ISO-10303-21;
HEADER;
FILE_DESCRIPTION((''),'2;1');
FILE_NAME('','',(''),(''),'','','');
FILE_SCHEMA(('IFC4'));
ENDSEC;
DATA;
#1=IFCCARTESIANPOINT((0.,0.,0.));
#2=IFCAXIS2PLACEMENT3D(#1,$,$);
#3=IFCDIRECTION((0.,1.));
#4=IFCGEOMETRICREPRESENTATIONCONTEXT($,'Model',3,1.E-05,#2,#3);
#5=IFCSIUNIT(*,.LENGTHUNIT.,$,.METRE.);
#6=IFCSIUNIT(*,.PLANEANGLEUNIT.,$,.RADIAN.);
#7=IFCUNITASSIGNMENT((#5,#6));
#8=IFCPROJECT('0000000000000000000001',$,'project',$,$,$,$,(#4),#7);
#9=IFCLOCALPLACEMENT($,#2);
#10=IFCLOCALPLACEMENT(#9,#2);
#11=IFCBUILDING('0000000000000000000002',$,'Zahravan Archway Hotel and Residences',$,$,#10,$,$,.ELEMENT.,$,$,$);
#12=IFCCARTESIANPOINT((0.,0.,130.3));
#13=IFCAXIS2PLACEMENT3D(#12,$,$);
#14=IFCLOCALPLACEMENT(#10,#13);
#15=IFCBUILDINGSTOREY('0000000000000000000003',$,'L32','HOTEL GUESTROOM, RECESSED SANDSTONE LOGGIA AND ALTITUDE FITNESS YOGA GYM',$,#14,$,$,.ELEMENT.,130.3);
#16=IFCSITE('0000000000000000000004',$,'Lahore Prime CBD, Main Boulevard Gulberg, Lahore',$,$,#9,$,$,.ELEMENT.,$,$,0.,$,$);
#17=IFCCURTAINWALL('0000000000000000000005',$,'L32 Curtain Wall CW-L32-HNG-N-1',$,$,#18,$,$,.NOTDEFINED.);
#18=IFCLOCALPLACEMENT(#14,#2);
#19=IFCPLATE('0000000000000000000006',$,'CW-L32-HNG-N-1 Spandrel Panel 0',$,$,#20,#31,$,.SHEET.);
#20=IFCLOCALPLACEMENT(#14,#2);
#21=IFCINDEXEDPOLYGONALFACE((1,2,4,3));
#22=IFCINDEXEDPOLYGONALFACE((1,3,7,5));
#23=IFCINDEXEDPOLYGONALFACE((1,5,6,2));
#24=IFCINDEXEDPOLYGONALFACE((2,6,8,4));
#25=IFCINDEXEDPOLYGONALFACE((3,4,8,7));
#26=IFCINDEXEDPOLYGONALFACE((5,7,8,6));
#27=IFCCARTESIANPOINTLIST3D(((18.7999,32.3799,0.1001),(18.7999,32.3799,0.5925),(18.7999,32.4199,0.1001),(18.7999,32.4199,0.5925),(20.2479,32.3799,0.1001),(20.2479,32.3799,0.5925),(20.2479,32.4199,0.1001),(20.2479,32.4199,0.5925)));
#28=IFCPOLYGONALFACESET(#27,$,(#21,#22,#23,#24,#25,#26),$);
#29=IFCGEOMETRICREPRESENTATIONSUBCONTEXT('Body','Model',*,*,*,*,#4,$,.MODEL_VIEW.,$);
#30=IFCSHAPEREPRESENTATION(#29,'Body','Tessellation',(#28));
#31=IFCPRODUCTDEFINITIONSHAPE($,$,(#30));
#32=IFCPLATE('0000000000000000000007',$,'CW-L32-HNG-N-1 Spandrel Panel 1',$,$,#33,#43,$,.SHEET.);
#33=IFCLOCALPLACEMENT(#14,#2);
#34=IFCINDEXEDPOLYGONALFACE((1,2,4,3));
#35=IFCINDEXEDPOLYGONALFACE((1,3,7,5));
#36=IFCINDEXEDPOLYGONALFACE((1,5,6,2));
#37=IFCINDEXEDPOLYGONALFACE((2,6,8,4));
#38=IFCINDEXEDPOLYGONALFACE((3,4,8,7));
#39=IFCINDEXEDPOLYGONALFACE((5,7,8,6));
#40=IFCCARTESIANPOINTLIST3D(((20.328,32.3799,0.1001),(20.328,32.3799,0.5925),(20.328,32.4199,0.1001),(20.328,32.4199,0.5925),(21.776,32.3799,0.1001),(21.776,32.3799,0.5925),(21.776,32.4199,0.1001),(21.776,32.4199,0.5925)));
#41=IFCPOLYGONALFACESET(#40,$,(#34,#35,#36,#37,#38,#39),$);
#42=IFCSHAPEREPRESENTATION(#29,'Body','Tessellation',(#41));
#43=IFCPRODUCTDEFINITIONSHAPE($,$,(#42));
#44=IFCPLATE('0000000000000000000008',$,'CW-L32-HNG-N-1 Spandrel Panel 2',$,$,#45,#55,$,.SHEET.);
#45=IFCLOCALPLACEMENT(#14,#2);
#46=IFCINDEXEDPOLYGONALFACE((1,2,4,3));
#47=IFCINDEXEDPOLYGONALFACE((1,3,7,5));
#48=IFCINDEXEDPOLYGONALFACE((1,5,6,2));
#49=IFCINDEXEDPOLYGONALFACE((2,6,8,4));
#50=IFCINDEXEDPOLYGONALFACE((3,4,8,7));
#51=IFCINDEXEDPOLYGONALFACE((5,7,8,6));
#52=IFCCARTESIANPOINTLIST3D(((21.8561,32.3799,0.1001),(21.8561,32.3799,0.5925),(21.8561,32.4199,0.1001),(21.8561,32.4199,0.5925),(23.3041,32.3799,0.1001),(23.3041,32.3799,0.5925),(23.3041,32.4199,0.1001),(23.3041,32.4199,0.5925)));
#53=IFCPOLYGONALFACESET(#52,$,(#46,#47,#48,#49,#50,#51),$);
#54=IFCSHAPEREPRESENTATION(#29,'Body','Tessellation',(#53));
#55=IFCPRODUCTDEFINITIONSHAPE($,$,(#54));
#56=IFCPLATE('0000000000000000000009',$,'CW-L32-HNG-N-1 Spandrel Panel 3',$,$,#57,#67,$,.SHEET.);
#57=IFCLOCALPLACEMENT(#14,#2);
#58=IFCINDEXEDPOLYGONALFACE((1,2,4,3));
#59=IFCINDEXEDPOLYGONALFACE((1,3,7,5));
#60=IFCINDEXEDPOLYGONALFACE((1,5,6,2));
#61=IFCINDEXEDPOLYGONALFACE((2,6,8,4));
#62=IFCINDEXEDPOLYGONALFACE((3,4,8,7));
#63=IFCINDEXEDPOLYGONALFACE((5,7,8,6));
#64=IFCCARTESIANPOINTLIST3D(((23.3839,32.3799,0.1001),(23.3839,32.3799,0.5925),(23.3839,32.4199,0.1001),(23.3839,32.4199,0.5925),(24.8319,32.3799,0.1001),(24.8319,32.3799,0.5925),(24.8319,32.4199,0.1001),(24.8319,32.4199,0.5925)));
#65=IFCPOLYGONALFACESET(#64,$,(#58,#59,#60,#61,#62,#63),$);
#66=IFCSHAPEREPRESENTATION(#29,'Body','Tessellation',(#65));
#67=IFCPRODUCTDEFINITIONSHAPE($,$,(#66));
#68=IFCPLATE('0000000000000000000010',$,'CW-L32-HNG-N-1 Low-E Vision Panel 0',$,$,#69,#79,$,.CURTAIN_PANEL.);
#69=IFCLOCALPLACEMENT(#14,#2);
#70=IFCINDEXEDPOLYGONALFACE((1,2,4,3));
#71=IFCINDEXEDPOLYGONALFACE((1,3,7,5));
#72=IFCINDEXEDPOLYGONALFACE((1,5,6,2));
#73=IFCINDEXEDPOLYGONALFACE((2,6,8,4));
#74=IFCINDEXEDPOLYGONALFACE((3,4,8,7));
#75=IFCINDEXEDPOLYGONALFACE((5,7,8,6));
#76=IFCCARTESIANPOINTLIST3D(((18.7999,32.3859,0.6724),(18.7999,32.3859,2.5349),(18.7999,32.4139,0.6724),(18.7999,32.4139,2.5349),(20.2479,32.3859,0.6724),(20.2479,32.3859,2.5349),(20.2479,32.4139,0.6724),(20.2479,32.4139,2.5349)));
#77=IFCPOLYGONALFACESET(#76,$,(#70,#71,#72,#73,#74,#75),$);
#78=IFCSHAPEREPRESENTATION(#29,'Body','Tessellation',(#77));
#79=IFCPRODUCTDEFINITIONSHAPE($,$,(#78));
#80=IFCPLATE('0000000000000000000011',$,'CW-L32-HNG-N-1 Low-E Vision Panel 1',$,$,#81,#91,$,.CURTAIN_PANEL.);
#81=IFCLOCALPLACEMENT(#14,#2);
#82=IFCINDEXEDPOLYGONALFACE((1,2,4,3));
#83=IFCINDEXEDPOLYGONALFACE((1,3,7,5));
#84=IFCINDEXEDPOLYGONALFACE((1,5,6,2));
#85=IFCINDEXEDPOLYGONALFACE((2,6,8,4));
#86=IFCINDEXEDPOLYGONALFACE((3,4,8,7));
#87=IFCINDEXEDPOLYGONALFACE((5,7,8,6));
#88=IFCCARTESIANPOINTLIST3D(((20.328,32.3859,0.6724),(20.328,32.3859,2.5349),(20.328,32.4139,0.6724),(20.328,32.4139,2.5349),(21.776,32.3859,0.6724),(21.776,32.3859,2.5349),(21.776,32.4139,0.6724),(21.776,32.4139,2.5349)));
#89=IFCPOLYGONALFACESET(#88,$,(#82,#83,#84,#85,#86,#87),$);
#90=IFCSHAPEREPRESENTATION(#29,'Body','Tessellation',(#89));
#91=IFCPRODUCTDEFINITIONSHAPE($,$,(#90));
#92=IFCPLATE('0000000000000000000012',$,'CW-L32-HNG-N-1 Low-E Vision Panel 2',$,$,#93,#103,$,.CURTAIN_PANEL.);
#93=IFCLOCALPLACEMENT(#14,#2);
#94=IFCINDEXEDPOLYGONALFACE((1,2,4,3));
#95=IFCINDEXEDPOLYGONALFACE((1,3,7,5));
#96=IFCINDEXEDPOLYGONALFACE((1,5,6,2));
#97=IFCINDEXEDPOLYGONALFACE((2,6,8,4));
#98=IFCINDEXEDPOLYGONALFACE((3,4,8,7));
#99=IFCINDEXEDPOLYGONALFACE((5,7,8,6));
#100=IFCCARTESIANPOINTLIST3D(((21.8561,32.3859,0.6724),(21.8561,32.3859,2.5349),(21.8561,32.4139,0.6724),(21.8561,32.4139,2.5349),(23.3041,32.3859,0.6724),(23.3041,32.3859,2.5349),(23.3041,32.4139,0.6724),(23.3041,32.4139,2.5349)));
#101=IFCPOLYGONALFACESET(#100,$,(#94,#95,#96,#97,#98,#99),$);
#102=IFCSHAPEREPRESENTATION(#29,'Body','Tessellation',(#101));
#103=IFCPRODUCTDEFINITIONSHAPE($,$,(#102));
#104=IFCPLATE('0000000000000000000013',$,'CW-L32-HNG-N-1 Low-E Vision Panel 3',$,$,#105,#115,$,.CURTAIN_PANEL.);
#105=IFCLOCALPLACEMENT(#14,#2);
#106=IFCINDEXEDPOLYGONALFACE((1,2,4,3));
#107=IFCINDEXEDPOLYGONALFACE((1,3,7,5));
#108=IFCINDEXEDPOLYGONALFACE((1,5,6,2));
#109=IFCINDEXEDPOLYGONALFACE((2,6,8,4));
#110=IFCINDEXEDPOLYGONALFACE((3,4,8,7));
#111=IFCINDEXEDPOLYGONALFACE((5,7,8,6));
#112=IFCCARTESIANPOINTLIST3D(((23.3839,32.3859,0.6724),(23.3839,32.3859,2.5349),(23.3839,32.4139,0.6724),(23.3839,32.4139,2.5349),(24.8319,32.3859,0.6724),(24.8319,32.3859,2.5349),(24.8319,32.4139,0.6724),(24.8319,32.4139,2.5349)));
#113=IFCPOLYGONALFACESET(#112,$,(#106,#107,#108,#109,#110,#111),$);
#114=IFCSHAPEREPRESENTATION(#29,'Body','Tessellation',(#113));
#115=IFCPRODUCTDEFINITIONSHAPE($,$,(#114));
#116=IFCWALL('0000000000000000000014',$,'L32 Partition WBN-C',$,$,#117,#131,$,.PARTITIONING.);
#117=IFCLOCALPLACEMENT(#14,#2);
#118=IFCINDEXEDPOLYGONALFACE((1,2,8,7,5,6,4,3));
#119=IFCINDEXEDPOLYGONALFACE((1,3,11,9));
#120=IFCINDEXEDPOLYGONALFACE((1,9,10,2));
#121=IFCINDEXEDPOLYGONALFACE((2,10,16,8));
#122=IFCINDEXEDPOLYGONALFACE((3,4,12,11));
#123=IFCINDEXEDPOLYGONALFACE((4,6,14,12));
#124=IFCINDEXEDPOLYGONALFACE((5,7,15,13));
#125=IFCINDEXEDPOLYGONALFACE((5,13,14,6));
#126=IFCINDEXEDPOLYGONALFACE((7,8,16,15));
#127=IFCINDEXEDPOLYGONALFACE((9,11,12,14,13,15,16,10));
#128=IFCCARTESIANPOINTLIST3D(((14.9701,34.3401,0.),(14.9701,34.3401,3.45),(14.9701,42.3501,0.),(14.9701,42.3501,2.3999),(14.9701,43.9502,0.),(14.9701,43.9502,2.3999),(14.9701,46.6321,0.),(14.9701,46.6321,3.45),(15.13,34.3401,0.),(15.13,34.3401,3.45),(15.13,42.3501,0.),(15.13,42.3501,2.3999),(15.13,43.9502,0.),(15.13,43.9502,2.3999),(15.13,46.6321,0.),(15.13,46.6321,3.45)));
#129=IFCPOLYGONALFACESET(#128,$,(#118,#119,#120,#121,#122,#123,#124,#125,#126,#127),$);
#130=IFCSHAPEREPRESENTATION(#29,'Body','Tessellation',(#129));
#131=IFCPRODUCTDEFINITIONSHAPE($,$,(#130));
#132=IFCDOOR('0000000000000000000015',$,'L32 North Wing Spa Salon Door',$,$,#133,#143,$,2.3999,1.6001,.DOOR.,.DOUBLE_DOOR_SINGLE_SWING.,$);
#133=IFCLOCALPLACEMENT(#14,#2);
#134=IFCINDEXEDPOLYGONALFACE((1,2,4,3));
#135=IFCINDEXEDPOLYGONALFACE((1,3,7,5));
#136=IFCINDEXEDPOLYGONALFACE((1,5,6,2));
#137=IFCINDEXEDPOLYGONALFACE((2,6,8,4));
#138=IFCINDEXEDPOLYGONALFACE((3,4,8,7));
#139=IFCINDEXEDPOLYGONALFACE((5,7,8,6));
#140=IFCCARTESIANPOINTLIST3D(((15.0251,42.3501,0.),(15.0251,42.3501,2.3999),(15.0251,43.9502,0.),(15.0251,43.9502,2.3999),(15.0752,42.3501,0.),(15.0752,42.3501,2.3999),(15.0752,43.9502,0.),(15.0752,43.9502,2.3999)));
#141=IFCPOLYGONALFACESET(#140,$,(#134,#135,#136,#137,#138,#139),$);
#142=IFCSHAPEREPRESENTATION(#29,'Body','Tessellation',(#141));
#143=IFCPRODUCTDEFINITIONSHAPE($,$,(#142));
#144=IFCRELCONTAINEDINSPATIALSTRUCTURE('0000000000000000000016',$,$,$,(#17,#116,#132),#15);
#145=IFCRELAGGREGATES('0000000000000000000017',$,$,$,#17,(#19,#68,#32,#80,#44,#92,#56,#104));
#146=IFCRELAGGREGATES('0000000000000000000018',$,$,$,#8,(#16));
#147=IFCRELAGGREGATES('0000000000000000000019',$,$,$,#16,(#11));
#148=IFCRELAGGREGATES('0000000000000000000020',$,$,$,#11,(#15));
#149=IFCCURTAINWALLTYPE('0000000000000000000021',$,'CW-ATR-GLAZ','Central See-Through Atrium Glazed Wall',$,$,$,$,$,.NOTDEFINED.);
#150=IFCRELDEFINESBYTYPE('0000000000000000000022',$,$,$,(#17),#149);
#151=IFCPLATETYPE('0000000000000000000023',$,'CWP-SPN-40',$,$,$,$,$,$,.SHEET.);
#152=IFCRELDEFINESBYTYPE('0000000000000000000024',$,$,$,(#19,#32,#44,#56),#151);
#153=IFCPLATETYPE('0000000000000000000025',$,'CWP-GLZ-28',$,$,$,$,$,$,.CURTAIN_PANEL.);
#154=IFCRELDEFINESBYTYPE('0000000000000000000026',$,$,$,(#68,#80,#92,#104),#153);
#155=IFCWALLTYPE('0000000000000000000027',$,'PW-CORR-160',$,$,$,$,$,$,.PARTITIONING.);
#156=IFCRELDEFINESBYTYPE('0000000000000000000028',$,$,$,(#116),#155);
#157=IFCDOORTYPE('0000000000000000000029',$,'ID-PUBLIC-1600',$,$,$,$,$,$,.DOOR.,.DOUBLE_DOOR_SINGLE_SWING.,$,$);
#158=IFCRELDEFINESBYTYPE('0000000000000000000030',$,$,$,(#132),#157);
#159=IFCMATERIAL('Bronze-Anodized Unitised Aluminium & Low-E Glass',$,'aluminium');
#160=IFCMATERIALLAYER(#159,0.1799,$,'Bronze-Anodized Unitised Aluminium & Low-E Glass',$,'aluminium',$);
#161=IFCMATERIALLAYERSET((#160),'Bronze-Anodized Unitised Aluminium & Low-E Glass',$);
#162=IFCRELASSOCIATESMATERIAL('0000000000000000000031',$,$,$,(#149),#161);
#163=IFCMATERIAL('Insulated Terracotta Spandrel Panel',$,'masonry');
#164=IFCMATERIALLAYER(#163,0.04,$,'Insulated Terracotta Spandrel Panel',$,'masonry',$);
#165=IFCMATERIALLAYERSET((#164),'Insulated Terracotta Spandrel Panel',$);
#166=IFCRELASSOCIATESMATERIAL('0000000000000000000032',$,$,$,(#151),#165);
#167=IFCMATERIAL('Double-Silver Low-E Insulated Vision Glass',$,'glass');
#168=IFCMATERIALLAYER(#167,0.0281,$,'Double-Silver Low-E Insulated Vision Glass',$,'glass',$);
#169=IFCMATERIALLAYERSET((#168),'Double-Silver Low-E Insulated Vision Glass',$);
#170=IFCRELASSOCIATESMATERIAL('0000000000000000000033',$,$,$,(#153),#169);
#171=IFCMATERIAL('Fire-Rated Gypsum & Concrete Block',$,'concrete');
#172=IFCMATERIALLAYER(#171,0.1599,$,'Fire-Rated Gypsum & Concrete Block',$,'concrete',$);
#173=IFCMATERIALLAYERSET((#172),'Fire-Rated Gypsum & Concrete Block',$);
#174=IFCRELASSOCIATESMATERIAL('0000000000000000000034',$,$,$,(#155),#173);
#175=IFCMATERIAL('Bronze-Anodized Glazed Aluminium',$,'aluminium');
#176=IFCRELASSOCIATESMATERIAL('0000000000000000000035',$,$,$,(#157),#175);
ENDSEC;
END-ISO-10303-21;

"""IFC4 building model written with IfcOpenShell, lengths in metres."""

from ifc_helpers import new_model, si_unit, direction, frame, frame_2d, origin, origin_2d, place, context, subcontext, project, spatial, rectangle, extrude, source, transform, mapped, material, layer, layer_set, type_object, type_shapes, element, fill, aggregate, save


model = new_model("IFC4")

# Units and contexts
model_context = context("Model", 3, precision=1e-05, world=origin(), true_north=direction((0.0, 1.0)))
body_context = subcontext(model_context, "Body", "Model", "MODEL_VIEW")
ifc_project = project(units=[si_unit("LENGTHUNIT", "METRE"), si_unit("PLANEANGLEUNIT", "RADIAN")], contexts=[model_context])

# Site, building, storey
site_placement = place(None, origin())
site = spatial("IfcSite", under=ifc_project, at=site_placement, Name="Lahore Prime CBD, Main Boulevard Gulberg, Lahore", CompositionType="ELEMENT", RefElevation=0.0)
building_placement = place(site_placement, origin())
building = spatial("IfcBuilding", under=site, at=building_placement, Name="Zahravan Archway Hotel and Residences", CompositionType="ELEMENT")
storey_placement = place(building_placement, frame((0.0, 0.0, 130.3)))
storey = spatial("IfcBuildingStorey", under=building, at=storey_placement, Name="L32", Description="HOTEL GUESTROOM, RECESSED SANDSTONE LOGGIA AND ALTITUDE FITNESS YOGA GYM", CompositionType="ELEMENT", Elevation=130.3)

# Curtain wall, plates
ifc_material_1 = material(Name="Bronze-Anodized Unitised Aluminium & Low-E Glass", Category="aluminium")
ifc_layer_1 = layer(ifc_material_1, 0.1799, Name="Bronze-Anodized Unitised Aluminium & Low-E Glass", Category="aluminium")
ifc_layer_set_1 = layer_set([ifc_layer_1], Name="Bronze-Anodized Unitised Aluminium & Low-E Glass")
curtain_wall_type = type_object("IfcCurtainWallType", Name="CW-ATR-GLAZ", Description="Central See-Through Atrium Glazed Wall", PredefinedType="NOTDEFINED", material=ifc_layer_set_1)
curtain_wall_placement = place(storey_placement, origin())
curtain_wall = element("IfcCurtainWall", 1, at=curtain_wall_placement, inside=storey, type_object=curtain_wall_type, Name="L32 Curtain Wall CW-L32-HNG-N-1", PredefinedType="NOTDEFINED")
ifc_material_2 = material(Name="Insulated Terracotta Spandrel Panel", Category="masonry")
ifc_layer_2 = layer(ifc_material_2, 0.04, Name="Insulated Terracotta Spandrel Panel", Category="masonry")
ifc_layer_set_2 = layer_set([ifc_layer_2], Name="Insulated Terracotta Spandrel Panel")
plate_type_1 = type_object("IfcPlateType", Name="CWP-SPN-40", PredefinedType="SHEET", material=ifc_layer_set_2)
shared_shape_1 = source(origin(), body_context, "Body", "SweptSolid", [
    extrude(rectangle(XDim=1.448, YDim=0.04, at=origin_2d()), origin(), (0.0, 0.0, 1.0), 0.4924),
])
plate_1_placement = place(storey_placement, frame((19.5239, 32.3999, 0.1001), z_axis=(0.0, 0.0, 1.0), x_axis=(1.0, 0.0, 0.0)))
plate_1 = element("IfcPlate", 2, at=plate_1_placement, type_object=plate_type_1, Name="CW-L32-HNG-N-1 Spandrel Panel 0", PredefinedType="SHEET", context=body_context, shape_type="MappedRepresentation", body=[
    mapped(shared_shape_1, transform((0.0, 0.0, 0.0), scale=1.0)),
])
plate_2_placement = place(storey_placement, frame((21.052, 32.3999, 0.1001), z_axis=(0.0, 0.0, 1.0), x_axis=(1.0, 0.0, 0.0)))
plate_2 = element("IfcPlate", 3, at=plate_2_placement, type_object=plate_type_1, Name="CW-L32-HNG-N-1 Spandrel Panel 1", PredefinedType="SHEET", context=body_context, shape_type="MappedRepresentation", body=[
    mapped(shared_shape_1, transform((0.0, 0.0, 0.0), scale=1.0)),
])
plate_3_placement = place(storey_placement, frame((22.5801, 32.3999, 0.1001), z_axis=(0.0, 0.0, 1.0), x_axis=(1.0, 0.0, 0.0)))
plate_3 = element("IfcPlate", 4, at=plate_3_placement, type_object=plate_type_1, Name="CW-L32-HNG-N-1 Spandrel Panel 2", PredefinedType="SHEET", context=body_context, shape_type="MappedRepresentation", body=[
    mapped(shared_shape_1, transform((0.0, 0.0, 0.0), scale=1.0)),
])
plate_4_placement = place(storey_placement, frame((24.1079, 32.3999, 0.1001), z_axis=(0.0, 0.0, 1.0), x_axis=(1.0, 0.0, 0.0)))
plate_4 = element("IfcPlate", 5, at=plate_4_placement, type_object=plate_type_1, Name="CW-L32-HNG-N-1 Spandrel Panel 3", PredefinedType="SHEET", context=body_context, shape_type="MappedRepresentation", body=[
    mapped(shared_shape_1, transform((0.0, 0.0, 0.0), scale=1.0)),
])
ifc_material_3 = material(Name="Double-Silver Low-E Insulated Vision Glass", Category="glass")
ifc_layer_3 = layer(ifc_material_3, 0.0281, Name="Double-Silver Low-E Insulated Vision Glass", Category="glass")
ifc_layer_set_3 = layer_set([ifc_layer_3], Name="Double-Silver Low-E Insulated Vision Glass")
plate_type_2 = type_object("IfcPlateType", Name="CWP-GLZ-28", PredefinedType="CURTAIN_PANEL", material=ifc_layer_set_3)
shared_shape_2 = source(origin(), body_context, "Body", "SweptSolid", [
    extrude(rectangle(XDim=1.448, YDim=0.0281, at=origin_2d()), origin(), (0.0, 0.0, 1.0), 1.8625),
])
plate_5_placement = place(storey_placement, frame((19.5239, 32.3999, 0.6724), z_axis=(0.0, 0.0, 1.0), x_axis=(1.0, 0.0, 0.0)))
plate_5 = element("IfcPlate", 6, at=plate_5_placement, type_object=plate_type_2, Name="CW-L32-HNG-N-1 Low-E Vision Panel 0", PredefinedType="CURTAIN_PANEL", context=body_context, shape_type="MappedRepresentation", body=[
    mapped(shared_shape_2, transform((0.0, 0.0, 0.0), scale=1.0)),
])
plate_6_placement = place(storey_placement, frame((21.052, 32.3999, 0.6724), z_axis=(0.0, 0.0, 1.0), x_axis=(1.0, 0.0, 0.0)))
plate_6 = element("IfcPlate", 7, at=plate_6_placement, type_object=plate_type_2, Name="CW-L32-HNG-N-1 Low-E Vision Panel 1", PredefinedType="CURTAIN_PANEL", context=body_context, shape_type="MappedRepresentation", body=[
    mapped(shared_shape_2, transform((0.0, 0.0, 0.0), scale=1.0)),
])
plate_7_placement = place(storey_placement, frame((22.5801, 32.3999, 0.6724), z_axis=(0.0, 0.0, 1.0), x_axis=(1.0, 0.0, 0.0)))
plate_7 = element("IfcPlate", 8, at=plate_7_placement, type_object=plate_type_2, Name="CW-L32-HNG-N-1 Low-E Vision Panel 2", PredefinedType="CURTAIN_PANEL", context=body_context, shape_type="MappedRepresentation", body=[
    mapped(shared_shape_2, transform((0.0, 0.0, 0.0), scale=1.0)),
])
plate_8_placement = place(storey_placement, frame((24.1079, 32.3999, 0.6724), z_axis=(0.0, 0.0, 1.0), x_axis=(1.0, 0.0, 0.0)))
plate_8 = element("IfcPlate", 9, at=plate_8_placement, type_object=plate_type_2, Name="CW-L32-HNG-N-1 Low-E Vision Panel 3", PredefinedType="CURTAIN_PANEL", context=body_context, shape_type="MappedRepresentation", body=[
    mapped(shared_shape_2, transform((0.0, 0.0, 0.0), scale=1.0)),
])
aggregate(curtain_wall, [plate_1, plate_5, plate_2, plate_6, plate_3, plate_7, plate_4, plate_8])

# Wall, opening, door
ifc_material_4 = material(Name="Fire-Rated Gypsum & Concrete Block", Category="concrete")
ifc_layer_4 = layer(ifc_material_4, 0.1599, Name="Fire-Rated Gypsum & Concrete Block", Category="concrete")
ifc_layer_set_4 = layer_set([ifc_layer_4], Name="Fire-Rated Gypsum & Concrete Block")
wall_type = type_object("IfcWallType", Name="PW-CORR-160", PredefinedType="PARTITIONING", material=ifc_layer_set_4)
wall_placement = place(storey_placement, frame((15.05, 34.3401, 0.0), z_axis=(0.0, 0.0, 1.0), x_axis=(0.0, 1.0, 0.0)))
wall = element("IfcWall", 10, at=wall_placement, inside=storey, type_object=wall_type, Name="L32 Partition WBN-C", PredefinedType="PARTITIONING", context=body_context, shape_type="SweptSolid", body=[
    extrude(rectangle(XDim=12.292, YDim=0.1599, at=frame_2d((6.146, 0.0))), origin(), (0.0, 0.0, 1.0), 3.45),
])
opening_placement = place(wall_placement, frame((8.01, 0.0, 0.0)))
opening = element("IfcOpeningElement", 11, at=opening_placement, cuts=wall, PredefinedType="OPENING", context=body_context, shape_type="SweptSolid", body=[
    extrude(rectangle(XDim=1.6001, YDim=2.3999, at=frame_2d((0.8, 1.2))), frame((0.0, 0.0898, 0.0), z_axis=(0.0, -1.0, 0.0), x_axis=(1.0, 0.0, 0.0)), (0.0, 0.0, 1.0), 0.1799),
])
ifc_material_5 = material(Name="Bronze-Anodized Glazed Aluminium", Category="aluminium")
door_type = type_object("IfcDoorType", Name="ID-PUBLIC-1600", OperationType="DOUBLE_DOOR_SINGLE_SWING", PredefinedType="DOOR", material=ifc_material_5)
shared_shape_3 = source(origin(), body_context, "Body", "SweptSolid", [
    extrude(rectangle(XDim=1.6001, YDim=2.3999, at=frame_2d((0.8, 1.2))), frame((0.0, 0.0249, 0.0), z_axis=(0.0, -1.0, 0.0), x_axis=(1.0, 0.0, 0.0)), (0.0, 0.0, 1.0), 0.05),
])
type_shapes(door_type, [shared_shape_3])
door_placement = place(opening_placement, origin())
door = element("IfcDoor", 12, at=door_placement, inside=storey, type_object=door_type, Name="L32 North Wing Spa Salon Door", OperationType="DOUBLE_DOOR_SINGLE_SWING", OverallHeight=2.3999, OverallWidth=1.6001, PredefinedType="DOOR", context=body_context, shape_type="MappedRepresentation", body=[
    mapped(shared_shape_3, transform((0.0, 0.0, 0.0), scale=1.0)),
])
fill(opening, door)

save(model, "model.ifc")
